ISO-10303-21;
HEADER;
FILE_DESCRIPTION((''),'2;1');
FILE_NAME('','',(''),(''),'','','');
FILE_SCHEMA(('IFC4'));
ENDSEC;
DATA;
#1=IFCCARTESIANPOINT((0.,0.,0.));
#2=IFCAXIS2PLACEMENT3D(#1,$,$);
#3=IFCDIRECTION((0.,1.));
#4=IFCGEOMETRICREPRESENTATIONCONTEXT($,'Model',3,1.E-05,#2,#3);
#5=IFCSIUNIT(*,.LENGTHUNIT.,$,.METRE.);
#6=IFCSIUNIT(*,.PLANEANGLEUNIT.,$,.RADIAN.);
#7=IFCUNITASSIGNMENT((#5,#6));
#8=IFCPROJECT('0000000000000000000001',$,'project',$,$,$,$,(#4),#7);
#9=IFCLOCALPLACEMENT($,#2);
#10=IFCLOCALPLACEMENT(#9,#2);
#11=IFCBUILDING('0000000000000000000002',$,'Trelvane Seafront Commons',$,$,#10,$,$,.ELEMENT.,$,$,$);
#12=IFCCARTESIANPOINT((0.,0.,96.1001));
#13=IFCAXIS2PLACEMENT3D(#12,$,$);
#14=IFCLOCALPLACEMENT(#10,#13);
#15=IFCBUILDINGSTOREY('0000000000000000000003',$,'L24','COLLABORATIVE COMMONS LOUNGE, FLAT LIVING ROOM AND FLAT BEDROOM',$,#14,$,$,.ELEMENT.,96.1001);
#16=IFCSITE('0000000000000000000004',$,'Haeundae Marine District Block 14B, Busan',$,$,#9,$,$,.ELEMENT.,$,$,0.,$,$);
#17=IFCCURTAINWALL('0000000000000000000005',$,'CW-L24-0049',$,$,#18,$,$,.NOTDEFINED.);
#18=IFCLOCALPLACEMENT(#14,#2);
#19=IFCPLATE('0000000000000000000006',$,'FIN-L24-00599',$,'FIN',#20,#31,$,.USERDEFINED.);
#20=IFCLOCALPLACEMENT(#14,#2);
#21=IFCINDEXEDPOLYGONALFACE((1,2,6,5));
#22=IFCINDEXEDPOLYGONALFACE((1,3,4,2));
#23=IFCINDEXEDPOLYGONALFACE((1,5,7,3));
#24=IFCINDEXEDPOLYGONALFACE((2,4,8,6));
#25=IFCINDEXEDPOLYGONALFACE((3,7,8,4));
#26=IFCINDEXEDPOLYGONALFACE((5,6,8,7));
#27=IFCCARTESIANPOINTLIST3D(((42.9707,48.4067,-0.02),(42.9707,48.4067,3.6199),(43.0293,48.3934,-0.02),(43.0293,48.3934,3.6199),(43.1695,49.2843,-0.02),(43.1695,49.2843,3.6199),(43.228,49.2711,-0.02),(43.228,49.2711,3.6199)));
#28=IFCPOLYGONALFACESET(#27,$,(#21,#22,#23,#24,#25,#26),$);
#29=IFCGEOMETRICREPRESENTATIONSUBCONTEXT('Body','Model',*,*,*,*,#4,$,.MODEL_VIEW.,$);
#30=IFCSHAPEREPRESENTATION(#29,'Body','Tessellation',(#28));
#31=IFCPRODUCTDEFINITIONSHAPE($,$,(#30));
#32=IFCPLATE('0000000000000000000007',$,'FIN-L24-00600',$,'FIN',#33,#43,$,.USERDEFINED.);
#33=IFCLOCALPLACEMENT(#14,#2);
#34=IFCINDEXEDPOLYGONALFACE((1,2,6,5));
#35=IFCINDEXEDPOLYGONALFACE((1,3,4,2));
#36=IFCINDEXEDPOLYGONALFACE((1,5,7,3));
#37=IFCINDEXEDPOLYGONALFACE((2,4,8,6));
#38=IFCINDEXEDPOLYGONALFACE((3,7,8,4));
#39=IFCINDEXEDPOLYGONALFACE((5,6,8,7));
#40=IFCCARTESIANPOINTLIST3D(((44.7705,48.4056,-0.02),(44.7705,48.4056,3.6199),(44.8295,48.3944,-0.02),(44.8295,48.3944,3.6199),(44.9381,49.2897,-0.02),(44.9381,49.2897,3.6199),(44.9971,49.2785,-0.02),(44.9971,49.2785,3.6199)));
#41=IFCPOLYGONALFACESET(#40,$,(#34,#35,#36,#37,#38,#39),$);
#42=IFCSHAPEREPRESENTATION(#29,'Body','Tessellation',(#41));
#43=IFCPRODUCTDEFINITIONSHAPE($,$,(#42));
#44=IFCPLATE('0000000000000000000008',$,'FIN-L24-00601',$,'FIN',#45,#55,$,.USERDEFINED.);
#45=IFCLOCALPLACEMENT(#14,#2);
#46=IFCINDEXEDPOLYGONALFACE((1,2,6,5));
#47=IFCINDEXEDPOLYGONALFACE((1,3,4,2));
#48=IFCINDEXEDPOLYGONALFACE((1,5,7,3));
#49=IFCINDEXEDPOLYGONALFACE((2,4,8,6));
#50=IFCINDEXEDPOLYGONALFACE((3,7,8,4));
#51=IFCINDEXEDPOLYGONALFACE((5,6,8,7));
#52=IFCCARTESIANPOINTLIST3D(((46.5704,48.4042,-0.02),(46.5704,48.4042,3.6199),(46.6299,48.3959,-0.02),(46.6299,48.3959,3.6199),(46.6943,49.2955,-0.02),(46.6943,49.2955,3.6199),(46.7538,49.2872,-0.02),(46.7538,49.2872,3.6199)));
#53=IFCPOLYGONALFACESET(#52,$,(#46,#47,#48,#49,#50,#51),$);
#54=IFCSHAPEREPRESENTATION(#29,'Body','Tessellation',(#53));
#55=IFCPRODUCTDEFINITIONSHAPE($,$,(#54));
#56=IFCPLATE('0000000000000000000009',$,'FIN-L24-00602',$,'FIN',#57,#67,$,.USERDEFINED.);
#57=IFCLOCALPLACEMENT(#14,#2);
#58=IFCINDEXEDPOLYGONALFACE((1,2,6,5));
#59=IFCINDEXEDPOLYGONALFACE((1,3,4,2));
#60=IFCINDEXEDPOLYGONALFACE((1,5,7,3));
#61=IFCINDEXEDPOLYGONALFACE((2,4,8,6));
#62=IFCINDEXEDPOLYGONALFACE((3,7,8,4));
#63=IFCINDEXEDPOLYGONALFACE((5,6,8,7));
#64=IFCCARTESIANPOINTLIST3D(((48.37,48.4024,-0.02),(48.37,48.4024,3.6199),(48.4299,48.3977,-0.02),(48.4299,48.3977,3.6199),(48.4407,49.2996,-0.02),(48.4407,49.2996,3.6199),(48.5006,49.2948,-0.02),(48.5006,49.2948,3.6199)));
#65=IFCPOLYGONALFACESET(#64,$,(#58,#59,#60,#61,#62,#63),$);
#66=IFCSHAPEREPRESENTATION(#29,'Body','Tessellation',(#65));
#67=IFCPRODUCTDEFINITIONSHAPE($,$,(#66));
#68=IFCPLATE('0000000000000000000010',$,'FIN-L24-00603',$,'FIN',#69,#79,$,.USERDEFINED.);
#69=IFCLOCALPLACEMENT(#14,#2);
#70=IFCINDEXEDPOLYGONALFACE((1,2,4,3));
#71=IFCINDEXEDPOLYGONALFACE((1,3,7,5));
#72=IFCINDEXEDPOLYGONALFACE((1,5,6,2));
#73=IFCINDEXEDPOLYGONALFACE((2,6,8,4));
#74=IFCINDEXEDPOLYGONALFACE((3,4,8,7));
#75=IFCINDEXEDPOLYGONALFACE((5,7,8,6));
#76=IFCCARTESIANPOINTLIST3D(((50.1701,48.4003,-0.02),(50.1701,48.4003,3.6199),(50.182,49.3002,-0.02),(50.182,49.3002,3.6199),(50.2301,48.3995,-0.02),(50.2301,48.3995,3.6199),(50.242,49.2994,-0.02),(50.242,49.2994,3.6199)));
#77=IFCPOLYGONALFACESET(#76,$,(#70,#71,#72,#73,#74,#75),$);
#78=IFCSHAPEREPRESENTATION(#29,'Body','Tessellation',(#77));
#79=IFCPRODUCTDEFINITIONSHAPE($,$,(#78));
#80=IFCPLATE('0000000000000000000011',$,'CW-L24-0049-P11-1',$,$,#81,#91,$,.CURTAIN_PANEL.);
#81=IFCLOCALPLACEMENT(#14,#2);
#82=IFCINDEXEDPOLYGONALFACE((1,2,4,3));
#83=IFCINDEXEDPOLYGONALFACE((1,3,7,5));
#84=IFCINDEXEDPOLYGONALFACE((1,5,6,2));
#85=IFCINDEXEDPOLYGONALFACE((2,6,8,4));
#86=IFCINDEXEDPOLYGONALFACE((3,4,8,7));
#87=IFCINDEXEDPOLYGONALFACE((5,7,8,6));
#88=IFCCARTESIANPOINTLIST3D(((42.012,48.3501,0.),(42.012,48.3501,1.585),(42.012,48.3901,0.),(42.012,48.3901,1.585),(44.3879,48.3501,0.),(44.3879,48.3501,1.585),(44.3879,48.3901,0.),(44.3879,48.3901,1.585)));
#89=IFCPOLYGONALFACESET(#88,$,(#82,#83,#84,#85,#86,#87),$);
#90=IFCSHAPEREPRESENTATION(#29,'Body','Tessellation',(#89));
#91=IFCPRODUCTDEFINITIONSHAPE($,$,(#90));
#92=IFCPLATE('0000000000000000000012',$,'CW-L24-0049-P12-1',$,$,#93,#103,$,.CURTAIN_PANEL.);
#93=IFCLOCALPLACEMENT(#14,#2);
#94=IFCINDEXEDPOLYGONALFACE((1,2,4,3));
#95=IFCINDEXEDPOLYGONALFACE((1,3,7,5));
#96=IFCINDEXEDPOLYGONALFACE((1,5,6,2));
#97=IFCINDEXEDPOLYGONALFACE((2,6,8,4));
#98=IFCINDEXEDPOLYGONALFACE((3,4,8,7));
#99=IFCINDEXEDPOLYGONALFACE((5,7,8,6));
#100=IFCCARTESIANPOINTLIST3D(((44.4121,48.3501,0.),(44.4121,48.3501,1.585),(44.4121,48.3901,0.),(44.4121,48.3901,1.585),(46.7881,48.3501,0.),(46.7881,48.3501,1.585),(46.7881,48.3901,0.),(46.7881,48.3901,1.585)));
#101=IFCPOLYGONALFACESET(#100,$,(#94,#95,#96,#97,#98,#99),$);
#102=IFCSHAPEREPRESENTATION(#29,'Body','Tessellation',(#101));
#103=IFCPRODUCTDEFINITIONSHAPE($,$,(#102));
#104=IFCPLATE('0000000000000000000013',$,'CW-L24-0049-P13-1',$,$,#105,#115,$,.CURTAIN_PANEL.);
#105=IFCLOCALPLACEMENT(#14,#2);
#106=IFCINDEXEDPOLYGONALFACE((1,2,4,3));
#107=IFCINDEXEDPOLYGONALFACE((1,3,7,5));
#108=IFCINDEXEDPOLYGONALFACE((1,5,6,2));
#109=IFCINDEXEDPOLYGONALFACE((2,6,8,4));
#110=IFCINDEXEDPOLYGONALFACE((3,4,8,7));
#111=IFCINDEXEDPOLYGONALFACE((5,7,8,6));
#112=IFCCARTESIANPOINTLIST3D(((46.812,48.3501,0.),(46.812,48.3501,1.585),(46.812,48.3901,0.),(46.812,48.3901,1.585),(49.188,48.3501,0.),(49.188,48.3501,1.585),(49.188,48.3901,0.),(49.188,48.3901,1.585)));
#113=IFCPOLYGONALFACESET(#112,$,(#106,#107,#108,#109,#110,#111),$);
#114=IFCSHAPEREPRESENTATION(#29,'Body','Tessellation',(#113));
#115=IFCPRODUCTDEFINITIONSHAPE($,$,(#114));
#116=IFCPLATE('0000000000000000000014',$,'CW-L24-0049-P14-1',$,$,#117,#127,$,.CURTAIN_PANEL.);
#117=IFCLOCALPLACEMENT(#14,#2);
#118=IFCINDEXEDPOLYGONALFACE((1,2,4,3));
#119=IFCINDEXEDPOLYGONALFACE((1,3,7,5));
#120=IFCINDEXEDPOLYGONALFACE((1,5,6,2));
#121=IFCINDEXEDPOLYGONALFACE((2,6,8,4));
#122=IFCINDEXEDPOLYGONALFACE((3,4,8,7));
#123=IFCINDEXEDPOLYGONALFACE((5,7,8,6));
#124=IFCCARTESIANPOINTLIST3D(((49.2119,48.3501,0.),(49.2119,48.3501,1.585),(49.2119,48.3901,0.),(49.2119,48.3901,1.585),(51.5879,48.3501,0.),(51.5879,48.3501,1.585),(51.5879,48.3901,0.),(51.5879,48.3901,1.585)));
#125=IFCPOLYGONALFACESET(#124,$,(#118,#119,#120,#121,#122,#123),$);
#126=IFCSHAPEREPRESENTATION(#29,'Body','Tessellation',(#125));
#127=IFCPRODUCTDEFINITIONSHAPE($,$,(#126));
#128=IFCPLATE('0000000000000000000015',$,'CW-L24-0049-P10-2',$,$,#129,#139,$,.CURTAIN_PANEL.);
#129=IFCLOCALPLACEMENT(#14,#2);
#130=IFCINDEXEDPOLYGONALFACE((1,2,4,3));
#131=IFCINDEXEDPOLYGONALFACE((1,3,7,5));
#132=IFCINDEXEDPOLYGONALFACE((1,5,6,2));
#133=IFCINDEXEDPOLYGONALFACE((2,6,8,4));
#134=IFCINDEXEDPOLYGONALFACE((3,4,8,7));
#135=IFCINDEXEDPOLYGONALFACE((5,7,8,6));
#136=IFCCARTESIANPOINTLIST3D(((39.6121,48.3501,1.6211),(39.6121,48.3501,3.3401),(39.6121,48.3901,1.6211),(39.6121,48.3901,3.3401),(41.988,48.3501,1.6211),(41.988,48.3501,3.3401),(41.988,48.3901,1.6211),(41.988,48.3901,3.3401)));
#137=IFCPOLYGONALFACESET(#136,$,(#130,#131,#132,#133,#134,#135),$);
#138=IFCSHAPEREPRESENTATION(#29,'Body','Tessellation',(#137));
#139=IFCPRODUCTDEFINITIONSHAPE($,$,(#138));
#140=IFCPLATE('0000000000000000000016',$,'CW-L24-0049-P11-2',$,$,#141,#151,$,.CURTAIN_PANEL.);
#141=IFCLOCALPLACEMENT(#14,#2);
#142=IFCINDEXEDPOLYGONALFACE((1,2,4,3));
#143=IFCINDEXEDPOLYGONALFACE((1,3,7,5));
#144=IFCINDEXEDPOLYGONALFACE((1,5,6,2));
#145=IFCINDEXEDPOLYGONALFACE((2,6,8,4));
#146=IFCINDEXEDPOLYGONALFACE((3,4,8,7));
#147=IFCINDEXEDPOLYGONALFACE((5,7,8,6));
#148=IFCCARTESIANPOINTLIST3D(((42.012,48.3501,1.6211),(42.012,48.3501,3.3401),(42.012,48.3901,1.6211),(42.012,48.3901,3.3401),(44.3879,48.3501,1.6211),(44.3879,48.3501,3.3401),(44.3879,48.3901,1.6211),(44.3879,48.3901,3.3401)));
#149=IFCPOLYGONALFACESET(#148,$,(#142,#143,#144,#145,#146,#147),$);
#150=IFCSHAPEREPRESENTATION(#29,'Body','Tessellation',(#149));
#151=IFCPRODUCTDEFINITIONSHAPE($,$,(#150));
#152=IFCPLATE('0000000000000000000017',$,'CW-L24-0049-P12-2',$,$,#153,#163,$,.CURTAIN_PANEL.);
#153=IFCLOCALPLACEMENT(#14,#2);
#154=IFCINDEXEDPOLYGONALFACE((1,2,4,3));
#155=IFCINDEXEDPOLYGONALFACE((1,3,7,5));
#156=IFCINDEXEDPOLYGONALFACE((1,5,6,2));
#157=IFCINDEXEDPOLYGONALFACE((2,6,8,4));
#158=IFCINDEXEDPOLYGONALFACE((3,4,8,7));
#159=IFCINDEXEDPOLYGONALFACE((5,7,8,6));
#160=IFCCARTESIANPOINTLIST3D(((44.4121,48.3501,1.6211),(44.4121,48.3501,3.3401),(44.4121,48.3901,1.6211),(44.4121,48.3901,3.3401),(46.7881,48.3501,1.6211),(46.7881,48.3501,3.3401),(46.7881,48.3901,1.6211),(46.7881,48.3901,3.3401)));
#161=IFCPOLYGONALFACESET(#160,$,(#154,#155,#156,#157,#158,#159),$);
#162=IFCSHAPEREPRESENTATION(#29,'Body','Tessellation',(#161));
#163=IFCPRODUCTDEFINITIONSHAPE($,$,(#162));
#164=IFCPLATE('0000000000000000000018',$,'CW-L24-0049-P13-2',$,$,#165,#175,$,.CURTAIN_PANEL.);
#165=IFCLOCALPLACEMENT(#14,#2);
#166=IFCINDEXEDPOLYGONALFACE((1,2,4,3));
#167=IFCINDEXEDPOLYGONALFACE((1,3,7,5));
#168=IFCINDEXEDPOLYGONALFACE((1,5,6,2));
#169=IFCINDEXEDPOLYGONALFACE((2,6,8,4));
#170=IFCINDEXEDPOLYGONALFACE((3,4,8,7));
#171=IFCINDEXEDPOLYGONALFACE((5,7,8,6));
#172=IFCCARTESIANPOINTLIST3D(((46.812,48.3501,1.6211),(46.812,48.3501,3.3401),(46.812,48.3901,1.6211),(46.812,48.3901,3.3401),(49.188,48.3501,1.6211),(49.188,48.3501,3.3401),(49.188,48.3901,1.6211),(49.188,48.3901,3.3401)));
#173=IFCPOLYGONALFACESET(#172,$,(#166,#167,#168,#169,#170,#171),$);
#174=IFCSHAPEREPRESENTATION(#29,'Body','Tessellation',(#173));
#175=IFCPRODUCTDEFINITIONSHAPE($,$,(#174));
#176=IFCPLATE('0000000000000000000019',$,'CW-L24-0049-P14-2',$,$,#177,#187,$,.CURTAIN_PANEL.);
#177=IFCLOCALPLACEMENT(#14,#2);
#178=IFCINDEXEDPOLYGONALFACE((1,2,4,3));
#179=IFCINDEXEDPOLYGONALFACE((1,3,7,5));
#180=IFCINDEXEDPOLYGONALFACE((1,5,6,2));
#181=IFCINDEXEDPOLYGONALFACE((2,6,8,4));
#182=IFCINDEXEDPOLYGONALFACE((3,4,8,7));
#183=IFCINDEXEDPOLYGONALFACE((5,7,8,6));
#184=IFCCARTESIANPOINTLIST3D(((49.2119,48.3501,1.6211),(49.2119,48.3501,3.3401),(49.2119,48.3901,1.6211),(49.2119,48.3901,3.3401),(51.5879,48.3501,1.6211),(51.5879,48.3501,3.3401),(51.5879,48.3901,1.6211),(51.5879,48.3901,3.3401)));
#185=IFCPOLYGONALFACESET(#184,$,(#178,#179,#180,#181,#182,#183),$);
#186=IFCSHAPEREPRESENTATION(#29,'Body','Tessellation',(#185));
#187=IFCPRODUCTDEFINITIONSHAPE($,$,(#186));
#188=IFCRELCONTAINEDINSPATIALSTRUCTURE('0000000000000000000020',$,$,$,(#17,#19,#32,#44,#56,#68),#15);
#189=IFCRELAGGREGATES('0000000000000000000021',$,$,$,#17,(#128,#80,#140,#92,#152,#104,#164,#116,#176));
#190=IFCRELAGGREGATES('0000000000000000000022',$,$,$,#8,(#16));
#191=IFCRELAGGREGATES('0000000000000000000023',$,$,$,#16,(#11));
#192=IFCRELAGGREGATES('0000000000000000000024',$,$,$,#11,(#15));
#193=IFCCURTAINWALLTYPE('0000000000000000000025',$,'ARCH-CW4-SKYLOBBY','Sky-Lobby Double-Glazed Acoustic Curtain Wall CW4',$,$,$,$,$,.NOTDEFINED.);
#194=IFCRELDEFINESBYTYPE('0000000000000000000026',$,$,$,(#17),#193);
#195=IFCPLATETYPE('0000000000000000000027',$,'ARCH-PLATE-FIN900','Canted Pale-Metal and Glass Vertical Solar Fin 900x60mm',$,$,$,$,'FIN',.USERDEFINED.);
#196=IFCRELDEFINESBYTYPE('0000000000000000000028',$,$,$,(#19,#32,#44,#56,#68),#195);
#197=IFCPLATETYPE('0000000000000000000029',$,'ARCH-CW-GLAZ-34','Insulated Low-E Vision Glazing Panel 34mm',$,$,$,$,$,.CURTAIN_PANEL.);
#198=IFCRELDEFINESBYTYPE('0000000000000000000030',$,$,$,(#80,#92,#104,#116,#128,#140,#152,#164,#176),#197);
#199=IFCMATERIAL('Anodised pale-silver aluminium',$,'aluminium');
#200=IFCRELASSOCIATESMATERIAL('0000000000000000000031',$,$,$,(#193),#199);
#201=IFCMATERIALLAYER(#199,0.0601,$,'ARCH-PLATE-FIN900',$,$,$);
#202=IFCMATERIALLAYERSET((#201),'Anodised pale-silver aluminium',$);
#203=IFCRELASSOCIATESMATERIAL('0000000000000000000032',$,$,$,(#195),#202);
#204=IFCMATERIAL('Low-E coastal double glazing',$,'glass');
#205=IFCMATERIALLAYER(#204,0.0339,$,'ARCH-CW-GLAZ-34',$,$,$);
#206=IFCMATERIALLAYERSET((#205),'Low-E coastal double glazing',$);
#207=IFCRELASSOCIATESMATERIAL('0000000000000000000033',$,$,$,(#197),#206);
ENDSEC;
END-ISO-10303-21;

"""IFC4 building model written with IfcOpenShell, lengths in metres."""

from ifc_helpers import new_model, si_unit, direction, frame, origin, origin_2d, place, context, subcontext, project, spatial, rectangle, extrude, source, transform, mapped, material, layer, layer_set, type_object, element, aggregate, save


model = new_model("IFC4")

# Units and contexts
model_context = context("Model", 3, precision=1e-05, world=origin(), true_north=direction((0.0, 1.0)))
body_context = subcontext(model_context, "Body", "Model", "MODEL_VIEW")
ifc_project = project(units=[si_unit("LENGTHUNIT", "METRE"), si_unit("PLANEANGLEUNIT", "RADIAN")], contexts=[model_context])

# Site, building, storey
site_placement = place(None, origin())
site = spatial("IfcSite", under=ifc_project, at=site_placement, Name="Haeundae Marine District Block 14B, Busan", CompositionType="ELEMENT", RefElevation=0.0)
building_placement = place(site_placement, origin())
building = spatial("IfcBuilding", under=site, at=building_placement, Name="Trelvane Seafront Commons", CompositionType="ELEMENT")
storey_placement = place(building_placement, frame((0.0, 0.0, 96.1001)))
storey = spatial("IfcBuildingStorey", under=building, at=storey_placement, Name="L24", Description="COLLABORATIVE COMMONS LOUNGE, FLAT LIVING ROOM AND FLAT BEDROOM", CompositionType="ELEMENT", Elevation=96.1001)

# Curtain wall
ifc_material_1 = material(Name="Anodised pale-silver aluminium", Category="aluminium")
curtain_wall_type = type_object("IfcCurtainWallType", Name="ARCH-CW4-SKYLOBBY", Description="Sky-Lobby Double-Glazed Acoustic Curtain Wall CW4", PredefinedType="NOTDEFINED", material=ifc_material_1)
curtain_wall_placement = place(storey_placement, origin())
curtain_wall = element("IfcCurtainWall", 1, at=curtain_wall_placement, inside=storey, type_object=curtain_wall_type, Name="CW-L24-0049", PredefinedType="NOTDEFINED")

# Plates
ifc_layer_1 = layer(ifc_material_1, 0.0601, Name="ARCH-PLATE-FIN900")
ifc_layer_set_1 = layer_set([ifc_layer_1], Name="Anodised pale-silver aluminium")
plate_type_1 = type_object("IfcPlateType", Name="ARCH-PLATE-FIN900", Description="Canted Pale-Metal and Glass Vertical Solar Fin 900x60mm", ElementType="FIN", PredefinedType="USERDEFINED", material=ifc_layer_set_1)
shared_shape_1 = source(origin(), body_context, "Body", "SweptSolid", [
    extrude(rectangle(XDim=0.8999, YDim=0.0601, at=origin_2d()), origin(), (0.0, 0.0, 1.0), 3.6399),
])
for number, where, z_axis, x_axis, name in (
    (2, (43.0994, 48.8389, -0.02), (0.0, 0.0, 1.0), (0.220881, 0.975301, 0.0), "FIN-L24-00599"),
    (3, (44.8838, 48.842, -0.02), (0.0, 0.0, 1.0), (0.186234, 0.982505, 0.0), "FIN-L24-00600"),
    (4, (46.6621, 48.8457, -0.02), (0.0, 0.0, 1.0), (0.137671, 0.990478, 0.0), "FIN-L24-00601"),
    (5, (48.4353, 48.8486, -0.02), (0.0, 0.0, 1.0), (0.078557, 0.99691, 0.0), "FIN-L24-00602"),
    (6, (50.2061, 48.8499, -0.02), (0.0, 0.0, 1.0), (0.013222, 0.999913, 0.0), "FIN-L24-00603"),
):
    element("IfcPlate", number, at=place(storey_placement, frame(where, z_axis=z_axis, x_axis=x_axis)), inside=storey, type_object=plate_type_1, Name=name, ObjectType="FIN", PredefinedType="USERDEFINED", context=body_context, shape_type="MappedRepresentation", body=[
        mapped(shared_shape_1, transform((0.0, 0.0, 0.0), x_axis=(1.0, 0.0, 0.0), y_axis=(0.0, 1.0, 0.0), z_axis=(0.0, 0.0, 1.0), scale=1.0)),
    ])

# Plates
ifc_material_2 = material(Name="Low-E coastal double glazing", Category="glass")
ifc_layer_2 = layer(ifc_material_2, 0.0339, Name="ARCH-CW-GLAZ-34")
ifc_layer_set_2 = layer_set([ifc_layer_2], Name="Low-E coastal double glazing")
plate_type_2 = type_object("IfcPlateType", Name="ARCH-CW-GLAZ-34", Description="Insulated Low-E Vision Glazing Panel 34mm", PredefinedType="CURTAIN_PANEL", material=ifc_layer_set_2)
shared_shape_2 = source(origin(), body_context, "Body", "SweptSolid", [
    extrude(rectangle(XDim=2.376, YDim=0.04, at=origin_2d()), origin(), (0.0, 0.0, 1.0), 1.585),
])
plate_1_placement = place(storey_placement, frame((43.2, 48.3701, 0.0), z_axis=(0.0, 0.0, 1.0), x_axis=(1.0, 0.0, 0.0)))
plate_1 = element("IfcPlate", 7, at=plate_1_placement, type_object=plate_type_2, Name="CW-L24-0049-P11-1", PredefinedType="CURTAIN_PANEL", context=body_context, shape_type="MappedRepresentation", body=[
    mapped(shared_shape_2, transform((0.0, 0.0, 0.0), x_axis=(1.0, 0.0, 0.0), y_axis=(0.0, 1.0, 0.0), z_axis=(0.0, 0.0, 1.0), scale=1.0)),
])
plate_2_placement = place(storey_placement, frame((45.6001, 48.3701, 0.0), z_axis=(0.0, 0.0, 1.0), x_axis=(1.0, 0.0, 0.0)))
plate_2 = element("IfcPlate", 8, at=plate_2_placement, type_object=plate_type_2, Name="CW-L24-0049-P12-1", PredefinedType="CURTAIN_PANEL", context=body_context, shape_type="MappedRepresentation", body=[
    mapped(shared_shape_2, transform((0.0, 0.0, 0.0), x_axis=(1.0, 0.0, 0.0), y_axis=(0.0, 1.0, 0.0), z_axis=(0.0, 0.0, 1.0), scale=1.0)),
])
plate_3_placement = place(storey_placement, frame((48.0, 48.3701, 0.0), z_axis=(0.0, 0.0, 1.0), x_axis=(1.0, 0.0, 0.0)))
plate_3 = element("IfcPlate", 9, at=plate_3_placement, type_object=plate_type_2, Name="CW-L24-0049-P13-1", PredefinedType="CURTAIN_PANEL", context=body_context, shape_type="MappedRepresentation", body=[
    mapped(shared_shape_2, transform((0.0, 0.0, 0.0), x_axis=(1.0, 0.0, 0.0), y_axis=(0.0, 1.0, 0.0), z_axis=(0.0, 0.0, 1.0), scale=1.0)),
])
plate_4_placement = place(storey_placement, frame((50.3999, 48.3701, 0.0), z_axis=(0.0, 0.0, 1.0), x_axis=(1.0, 0.0, 0.0)))
plate_4 = element("IfcPlate", 10, at=plate_4_placement, type_object=plate_type_2, Name="CW-L24-0049-P14-1", PredefinedType="CURTAIN_PANEL", context=body_context, shape_type="MappedRepresentation", body=[
    mapped(shared_shape_2, transform((0.0, 0.0, 0.0), x_axis=(1.0, 0.0, 0.0), y_axis=(0.0, 1.0, 0.0), z_axis=(0.0, 0.0, 1.0), scale=1.0)),
])
shared_shape_3 = source(origin(), body_context, "Body", "SweptSolid", [
    extrude(rectangle(XDim=2.376, YDim=0.04, at=origin_2d()), origin(), (0.0, 0.0, 1.0), 1.719),
])
plate_5_placement = place(storey_placement, frame((40.8, 48.3701, 1.6211), z_axis=(0.0, 0.0, 1.0), x_axis=(1.0, 0.0, 0.0)))
plate_5 = element("IfcPlate", 11, at=plate_5_placement, type_object=plate_type_2, Name="CW-L24-0049-P10-2", PredefinedType="CURTAIN_PANEL", context=body_context, shape_type="MappedRepresentation", body=[
    mapped(shared_shape_3, transform((0.0, 0.0, 0.0), x_axis=(1.0, 0.0, 0.0), y_axis=(0.0, 1.0, 0.0), z_axis=(0.0, 0.0, 1.0), scale=1.0)),
])
plate_6_placement = place(storey_placement, frame((43.2, 48.3701, 1.6211), z_axis=(0.0, 0.0, 1.0), x_axis=(1.0, 0.0, 0.0)))
plate_6 = element("IfcPlate", 12, at=plate_6_placement, type_object=plate_type_2, Name="CW-L24-0049-P11-2", PredefinedType="CURTAIN_PANEL", context=body_context, shape_type="MappedRepresentation", body=[
    mapped(shared_shape_3, transform((0.0, 0.0, 0.0), x_axis=(1.0, 0.0, 0.0), y_axis=(0.0, 1.0, 0.0), z_axis=(0.0, 0.0, 1.0), scale=1.0)),
])
plate_7_placement = place(storey_placement, frame((45.6001, 48.3701, 1.6211), z_axis=(0.0, 0.0, 1.0), x_axis=(1.0, 0.0, 0.0)))
plate_7 = element("IfcPlate", 13, at=plate_7_placement, type_object=plate_type_2, Name="CW-L24-0049-P12-2", PredefinedType="CURTAIN_PANEL", context=body_context, shape_type="MappedRepresentation", body=[
    mapped(shared_shape_3, transform((0.0, 0.0, 0.0), x_axis=(1.0, 0.0, 0.0), y_axis=(0.0, 1.0, 0.0), z_axis=(0.0, 0.0, 1.0), scale=1.0)),
])
plate_8_placement = place(storey_placement, frame((48.0, 48.3701, 1.6211), z_axis=(0.0, 0.0, 1.0), x_axis=(1.0, 0.0, 0.0)))
plate_8 = element("IfcPlate", 14, at=plate_8_placement, type_object=plate_type_2, Name="CW-L24-0049-P13-2", PredefinedType="CURTAIN_PANEL", context=body_context, shape_type="MappedRepresentation", body=[
    mapped(shared_shape_3, transform((0.0, 0.0, 0.0), x_axis=(1.0, 0.0, 0.0), y_axis=(0.0, 1.0, 0.0), z_axis=(0.0, 0.0, 1.0), scale=1.0)),
])
plate_9_placement = place(storey_placement, frame((50.3999, 48.3701, 1.6211), z_axis=(0.0, 0.0, 1.0), x_axis=(1.0, 0.0, 0.0)))
plate_9 = element("IfcPlate", 15, at=plate_9_placement, type_object=plate_type_2, Name="CW-L24-0049-P14-2", PredefinedType="CURTAIN_PANEL", context=body_context, shape_type="MappedRepresentation", body=[
    mapped(shared_shape_3, transform((0.0, 0.0, 0.0), x_axis=(1.0, 0.0, 0.0), y_axis=(0.0, 1.0, 0.0), z_axis=(0.0, 0.0, 1.0), scale=1.0)),
])
aggregate(curtain_wall, [plate_5, plate_1, plate_6, plate_2, plate_7, plate_3, plate_8, plate_4, plate_9])

save(model, "model.ifc")
